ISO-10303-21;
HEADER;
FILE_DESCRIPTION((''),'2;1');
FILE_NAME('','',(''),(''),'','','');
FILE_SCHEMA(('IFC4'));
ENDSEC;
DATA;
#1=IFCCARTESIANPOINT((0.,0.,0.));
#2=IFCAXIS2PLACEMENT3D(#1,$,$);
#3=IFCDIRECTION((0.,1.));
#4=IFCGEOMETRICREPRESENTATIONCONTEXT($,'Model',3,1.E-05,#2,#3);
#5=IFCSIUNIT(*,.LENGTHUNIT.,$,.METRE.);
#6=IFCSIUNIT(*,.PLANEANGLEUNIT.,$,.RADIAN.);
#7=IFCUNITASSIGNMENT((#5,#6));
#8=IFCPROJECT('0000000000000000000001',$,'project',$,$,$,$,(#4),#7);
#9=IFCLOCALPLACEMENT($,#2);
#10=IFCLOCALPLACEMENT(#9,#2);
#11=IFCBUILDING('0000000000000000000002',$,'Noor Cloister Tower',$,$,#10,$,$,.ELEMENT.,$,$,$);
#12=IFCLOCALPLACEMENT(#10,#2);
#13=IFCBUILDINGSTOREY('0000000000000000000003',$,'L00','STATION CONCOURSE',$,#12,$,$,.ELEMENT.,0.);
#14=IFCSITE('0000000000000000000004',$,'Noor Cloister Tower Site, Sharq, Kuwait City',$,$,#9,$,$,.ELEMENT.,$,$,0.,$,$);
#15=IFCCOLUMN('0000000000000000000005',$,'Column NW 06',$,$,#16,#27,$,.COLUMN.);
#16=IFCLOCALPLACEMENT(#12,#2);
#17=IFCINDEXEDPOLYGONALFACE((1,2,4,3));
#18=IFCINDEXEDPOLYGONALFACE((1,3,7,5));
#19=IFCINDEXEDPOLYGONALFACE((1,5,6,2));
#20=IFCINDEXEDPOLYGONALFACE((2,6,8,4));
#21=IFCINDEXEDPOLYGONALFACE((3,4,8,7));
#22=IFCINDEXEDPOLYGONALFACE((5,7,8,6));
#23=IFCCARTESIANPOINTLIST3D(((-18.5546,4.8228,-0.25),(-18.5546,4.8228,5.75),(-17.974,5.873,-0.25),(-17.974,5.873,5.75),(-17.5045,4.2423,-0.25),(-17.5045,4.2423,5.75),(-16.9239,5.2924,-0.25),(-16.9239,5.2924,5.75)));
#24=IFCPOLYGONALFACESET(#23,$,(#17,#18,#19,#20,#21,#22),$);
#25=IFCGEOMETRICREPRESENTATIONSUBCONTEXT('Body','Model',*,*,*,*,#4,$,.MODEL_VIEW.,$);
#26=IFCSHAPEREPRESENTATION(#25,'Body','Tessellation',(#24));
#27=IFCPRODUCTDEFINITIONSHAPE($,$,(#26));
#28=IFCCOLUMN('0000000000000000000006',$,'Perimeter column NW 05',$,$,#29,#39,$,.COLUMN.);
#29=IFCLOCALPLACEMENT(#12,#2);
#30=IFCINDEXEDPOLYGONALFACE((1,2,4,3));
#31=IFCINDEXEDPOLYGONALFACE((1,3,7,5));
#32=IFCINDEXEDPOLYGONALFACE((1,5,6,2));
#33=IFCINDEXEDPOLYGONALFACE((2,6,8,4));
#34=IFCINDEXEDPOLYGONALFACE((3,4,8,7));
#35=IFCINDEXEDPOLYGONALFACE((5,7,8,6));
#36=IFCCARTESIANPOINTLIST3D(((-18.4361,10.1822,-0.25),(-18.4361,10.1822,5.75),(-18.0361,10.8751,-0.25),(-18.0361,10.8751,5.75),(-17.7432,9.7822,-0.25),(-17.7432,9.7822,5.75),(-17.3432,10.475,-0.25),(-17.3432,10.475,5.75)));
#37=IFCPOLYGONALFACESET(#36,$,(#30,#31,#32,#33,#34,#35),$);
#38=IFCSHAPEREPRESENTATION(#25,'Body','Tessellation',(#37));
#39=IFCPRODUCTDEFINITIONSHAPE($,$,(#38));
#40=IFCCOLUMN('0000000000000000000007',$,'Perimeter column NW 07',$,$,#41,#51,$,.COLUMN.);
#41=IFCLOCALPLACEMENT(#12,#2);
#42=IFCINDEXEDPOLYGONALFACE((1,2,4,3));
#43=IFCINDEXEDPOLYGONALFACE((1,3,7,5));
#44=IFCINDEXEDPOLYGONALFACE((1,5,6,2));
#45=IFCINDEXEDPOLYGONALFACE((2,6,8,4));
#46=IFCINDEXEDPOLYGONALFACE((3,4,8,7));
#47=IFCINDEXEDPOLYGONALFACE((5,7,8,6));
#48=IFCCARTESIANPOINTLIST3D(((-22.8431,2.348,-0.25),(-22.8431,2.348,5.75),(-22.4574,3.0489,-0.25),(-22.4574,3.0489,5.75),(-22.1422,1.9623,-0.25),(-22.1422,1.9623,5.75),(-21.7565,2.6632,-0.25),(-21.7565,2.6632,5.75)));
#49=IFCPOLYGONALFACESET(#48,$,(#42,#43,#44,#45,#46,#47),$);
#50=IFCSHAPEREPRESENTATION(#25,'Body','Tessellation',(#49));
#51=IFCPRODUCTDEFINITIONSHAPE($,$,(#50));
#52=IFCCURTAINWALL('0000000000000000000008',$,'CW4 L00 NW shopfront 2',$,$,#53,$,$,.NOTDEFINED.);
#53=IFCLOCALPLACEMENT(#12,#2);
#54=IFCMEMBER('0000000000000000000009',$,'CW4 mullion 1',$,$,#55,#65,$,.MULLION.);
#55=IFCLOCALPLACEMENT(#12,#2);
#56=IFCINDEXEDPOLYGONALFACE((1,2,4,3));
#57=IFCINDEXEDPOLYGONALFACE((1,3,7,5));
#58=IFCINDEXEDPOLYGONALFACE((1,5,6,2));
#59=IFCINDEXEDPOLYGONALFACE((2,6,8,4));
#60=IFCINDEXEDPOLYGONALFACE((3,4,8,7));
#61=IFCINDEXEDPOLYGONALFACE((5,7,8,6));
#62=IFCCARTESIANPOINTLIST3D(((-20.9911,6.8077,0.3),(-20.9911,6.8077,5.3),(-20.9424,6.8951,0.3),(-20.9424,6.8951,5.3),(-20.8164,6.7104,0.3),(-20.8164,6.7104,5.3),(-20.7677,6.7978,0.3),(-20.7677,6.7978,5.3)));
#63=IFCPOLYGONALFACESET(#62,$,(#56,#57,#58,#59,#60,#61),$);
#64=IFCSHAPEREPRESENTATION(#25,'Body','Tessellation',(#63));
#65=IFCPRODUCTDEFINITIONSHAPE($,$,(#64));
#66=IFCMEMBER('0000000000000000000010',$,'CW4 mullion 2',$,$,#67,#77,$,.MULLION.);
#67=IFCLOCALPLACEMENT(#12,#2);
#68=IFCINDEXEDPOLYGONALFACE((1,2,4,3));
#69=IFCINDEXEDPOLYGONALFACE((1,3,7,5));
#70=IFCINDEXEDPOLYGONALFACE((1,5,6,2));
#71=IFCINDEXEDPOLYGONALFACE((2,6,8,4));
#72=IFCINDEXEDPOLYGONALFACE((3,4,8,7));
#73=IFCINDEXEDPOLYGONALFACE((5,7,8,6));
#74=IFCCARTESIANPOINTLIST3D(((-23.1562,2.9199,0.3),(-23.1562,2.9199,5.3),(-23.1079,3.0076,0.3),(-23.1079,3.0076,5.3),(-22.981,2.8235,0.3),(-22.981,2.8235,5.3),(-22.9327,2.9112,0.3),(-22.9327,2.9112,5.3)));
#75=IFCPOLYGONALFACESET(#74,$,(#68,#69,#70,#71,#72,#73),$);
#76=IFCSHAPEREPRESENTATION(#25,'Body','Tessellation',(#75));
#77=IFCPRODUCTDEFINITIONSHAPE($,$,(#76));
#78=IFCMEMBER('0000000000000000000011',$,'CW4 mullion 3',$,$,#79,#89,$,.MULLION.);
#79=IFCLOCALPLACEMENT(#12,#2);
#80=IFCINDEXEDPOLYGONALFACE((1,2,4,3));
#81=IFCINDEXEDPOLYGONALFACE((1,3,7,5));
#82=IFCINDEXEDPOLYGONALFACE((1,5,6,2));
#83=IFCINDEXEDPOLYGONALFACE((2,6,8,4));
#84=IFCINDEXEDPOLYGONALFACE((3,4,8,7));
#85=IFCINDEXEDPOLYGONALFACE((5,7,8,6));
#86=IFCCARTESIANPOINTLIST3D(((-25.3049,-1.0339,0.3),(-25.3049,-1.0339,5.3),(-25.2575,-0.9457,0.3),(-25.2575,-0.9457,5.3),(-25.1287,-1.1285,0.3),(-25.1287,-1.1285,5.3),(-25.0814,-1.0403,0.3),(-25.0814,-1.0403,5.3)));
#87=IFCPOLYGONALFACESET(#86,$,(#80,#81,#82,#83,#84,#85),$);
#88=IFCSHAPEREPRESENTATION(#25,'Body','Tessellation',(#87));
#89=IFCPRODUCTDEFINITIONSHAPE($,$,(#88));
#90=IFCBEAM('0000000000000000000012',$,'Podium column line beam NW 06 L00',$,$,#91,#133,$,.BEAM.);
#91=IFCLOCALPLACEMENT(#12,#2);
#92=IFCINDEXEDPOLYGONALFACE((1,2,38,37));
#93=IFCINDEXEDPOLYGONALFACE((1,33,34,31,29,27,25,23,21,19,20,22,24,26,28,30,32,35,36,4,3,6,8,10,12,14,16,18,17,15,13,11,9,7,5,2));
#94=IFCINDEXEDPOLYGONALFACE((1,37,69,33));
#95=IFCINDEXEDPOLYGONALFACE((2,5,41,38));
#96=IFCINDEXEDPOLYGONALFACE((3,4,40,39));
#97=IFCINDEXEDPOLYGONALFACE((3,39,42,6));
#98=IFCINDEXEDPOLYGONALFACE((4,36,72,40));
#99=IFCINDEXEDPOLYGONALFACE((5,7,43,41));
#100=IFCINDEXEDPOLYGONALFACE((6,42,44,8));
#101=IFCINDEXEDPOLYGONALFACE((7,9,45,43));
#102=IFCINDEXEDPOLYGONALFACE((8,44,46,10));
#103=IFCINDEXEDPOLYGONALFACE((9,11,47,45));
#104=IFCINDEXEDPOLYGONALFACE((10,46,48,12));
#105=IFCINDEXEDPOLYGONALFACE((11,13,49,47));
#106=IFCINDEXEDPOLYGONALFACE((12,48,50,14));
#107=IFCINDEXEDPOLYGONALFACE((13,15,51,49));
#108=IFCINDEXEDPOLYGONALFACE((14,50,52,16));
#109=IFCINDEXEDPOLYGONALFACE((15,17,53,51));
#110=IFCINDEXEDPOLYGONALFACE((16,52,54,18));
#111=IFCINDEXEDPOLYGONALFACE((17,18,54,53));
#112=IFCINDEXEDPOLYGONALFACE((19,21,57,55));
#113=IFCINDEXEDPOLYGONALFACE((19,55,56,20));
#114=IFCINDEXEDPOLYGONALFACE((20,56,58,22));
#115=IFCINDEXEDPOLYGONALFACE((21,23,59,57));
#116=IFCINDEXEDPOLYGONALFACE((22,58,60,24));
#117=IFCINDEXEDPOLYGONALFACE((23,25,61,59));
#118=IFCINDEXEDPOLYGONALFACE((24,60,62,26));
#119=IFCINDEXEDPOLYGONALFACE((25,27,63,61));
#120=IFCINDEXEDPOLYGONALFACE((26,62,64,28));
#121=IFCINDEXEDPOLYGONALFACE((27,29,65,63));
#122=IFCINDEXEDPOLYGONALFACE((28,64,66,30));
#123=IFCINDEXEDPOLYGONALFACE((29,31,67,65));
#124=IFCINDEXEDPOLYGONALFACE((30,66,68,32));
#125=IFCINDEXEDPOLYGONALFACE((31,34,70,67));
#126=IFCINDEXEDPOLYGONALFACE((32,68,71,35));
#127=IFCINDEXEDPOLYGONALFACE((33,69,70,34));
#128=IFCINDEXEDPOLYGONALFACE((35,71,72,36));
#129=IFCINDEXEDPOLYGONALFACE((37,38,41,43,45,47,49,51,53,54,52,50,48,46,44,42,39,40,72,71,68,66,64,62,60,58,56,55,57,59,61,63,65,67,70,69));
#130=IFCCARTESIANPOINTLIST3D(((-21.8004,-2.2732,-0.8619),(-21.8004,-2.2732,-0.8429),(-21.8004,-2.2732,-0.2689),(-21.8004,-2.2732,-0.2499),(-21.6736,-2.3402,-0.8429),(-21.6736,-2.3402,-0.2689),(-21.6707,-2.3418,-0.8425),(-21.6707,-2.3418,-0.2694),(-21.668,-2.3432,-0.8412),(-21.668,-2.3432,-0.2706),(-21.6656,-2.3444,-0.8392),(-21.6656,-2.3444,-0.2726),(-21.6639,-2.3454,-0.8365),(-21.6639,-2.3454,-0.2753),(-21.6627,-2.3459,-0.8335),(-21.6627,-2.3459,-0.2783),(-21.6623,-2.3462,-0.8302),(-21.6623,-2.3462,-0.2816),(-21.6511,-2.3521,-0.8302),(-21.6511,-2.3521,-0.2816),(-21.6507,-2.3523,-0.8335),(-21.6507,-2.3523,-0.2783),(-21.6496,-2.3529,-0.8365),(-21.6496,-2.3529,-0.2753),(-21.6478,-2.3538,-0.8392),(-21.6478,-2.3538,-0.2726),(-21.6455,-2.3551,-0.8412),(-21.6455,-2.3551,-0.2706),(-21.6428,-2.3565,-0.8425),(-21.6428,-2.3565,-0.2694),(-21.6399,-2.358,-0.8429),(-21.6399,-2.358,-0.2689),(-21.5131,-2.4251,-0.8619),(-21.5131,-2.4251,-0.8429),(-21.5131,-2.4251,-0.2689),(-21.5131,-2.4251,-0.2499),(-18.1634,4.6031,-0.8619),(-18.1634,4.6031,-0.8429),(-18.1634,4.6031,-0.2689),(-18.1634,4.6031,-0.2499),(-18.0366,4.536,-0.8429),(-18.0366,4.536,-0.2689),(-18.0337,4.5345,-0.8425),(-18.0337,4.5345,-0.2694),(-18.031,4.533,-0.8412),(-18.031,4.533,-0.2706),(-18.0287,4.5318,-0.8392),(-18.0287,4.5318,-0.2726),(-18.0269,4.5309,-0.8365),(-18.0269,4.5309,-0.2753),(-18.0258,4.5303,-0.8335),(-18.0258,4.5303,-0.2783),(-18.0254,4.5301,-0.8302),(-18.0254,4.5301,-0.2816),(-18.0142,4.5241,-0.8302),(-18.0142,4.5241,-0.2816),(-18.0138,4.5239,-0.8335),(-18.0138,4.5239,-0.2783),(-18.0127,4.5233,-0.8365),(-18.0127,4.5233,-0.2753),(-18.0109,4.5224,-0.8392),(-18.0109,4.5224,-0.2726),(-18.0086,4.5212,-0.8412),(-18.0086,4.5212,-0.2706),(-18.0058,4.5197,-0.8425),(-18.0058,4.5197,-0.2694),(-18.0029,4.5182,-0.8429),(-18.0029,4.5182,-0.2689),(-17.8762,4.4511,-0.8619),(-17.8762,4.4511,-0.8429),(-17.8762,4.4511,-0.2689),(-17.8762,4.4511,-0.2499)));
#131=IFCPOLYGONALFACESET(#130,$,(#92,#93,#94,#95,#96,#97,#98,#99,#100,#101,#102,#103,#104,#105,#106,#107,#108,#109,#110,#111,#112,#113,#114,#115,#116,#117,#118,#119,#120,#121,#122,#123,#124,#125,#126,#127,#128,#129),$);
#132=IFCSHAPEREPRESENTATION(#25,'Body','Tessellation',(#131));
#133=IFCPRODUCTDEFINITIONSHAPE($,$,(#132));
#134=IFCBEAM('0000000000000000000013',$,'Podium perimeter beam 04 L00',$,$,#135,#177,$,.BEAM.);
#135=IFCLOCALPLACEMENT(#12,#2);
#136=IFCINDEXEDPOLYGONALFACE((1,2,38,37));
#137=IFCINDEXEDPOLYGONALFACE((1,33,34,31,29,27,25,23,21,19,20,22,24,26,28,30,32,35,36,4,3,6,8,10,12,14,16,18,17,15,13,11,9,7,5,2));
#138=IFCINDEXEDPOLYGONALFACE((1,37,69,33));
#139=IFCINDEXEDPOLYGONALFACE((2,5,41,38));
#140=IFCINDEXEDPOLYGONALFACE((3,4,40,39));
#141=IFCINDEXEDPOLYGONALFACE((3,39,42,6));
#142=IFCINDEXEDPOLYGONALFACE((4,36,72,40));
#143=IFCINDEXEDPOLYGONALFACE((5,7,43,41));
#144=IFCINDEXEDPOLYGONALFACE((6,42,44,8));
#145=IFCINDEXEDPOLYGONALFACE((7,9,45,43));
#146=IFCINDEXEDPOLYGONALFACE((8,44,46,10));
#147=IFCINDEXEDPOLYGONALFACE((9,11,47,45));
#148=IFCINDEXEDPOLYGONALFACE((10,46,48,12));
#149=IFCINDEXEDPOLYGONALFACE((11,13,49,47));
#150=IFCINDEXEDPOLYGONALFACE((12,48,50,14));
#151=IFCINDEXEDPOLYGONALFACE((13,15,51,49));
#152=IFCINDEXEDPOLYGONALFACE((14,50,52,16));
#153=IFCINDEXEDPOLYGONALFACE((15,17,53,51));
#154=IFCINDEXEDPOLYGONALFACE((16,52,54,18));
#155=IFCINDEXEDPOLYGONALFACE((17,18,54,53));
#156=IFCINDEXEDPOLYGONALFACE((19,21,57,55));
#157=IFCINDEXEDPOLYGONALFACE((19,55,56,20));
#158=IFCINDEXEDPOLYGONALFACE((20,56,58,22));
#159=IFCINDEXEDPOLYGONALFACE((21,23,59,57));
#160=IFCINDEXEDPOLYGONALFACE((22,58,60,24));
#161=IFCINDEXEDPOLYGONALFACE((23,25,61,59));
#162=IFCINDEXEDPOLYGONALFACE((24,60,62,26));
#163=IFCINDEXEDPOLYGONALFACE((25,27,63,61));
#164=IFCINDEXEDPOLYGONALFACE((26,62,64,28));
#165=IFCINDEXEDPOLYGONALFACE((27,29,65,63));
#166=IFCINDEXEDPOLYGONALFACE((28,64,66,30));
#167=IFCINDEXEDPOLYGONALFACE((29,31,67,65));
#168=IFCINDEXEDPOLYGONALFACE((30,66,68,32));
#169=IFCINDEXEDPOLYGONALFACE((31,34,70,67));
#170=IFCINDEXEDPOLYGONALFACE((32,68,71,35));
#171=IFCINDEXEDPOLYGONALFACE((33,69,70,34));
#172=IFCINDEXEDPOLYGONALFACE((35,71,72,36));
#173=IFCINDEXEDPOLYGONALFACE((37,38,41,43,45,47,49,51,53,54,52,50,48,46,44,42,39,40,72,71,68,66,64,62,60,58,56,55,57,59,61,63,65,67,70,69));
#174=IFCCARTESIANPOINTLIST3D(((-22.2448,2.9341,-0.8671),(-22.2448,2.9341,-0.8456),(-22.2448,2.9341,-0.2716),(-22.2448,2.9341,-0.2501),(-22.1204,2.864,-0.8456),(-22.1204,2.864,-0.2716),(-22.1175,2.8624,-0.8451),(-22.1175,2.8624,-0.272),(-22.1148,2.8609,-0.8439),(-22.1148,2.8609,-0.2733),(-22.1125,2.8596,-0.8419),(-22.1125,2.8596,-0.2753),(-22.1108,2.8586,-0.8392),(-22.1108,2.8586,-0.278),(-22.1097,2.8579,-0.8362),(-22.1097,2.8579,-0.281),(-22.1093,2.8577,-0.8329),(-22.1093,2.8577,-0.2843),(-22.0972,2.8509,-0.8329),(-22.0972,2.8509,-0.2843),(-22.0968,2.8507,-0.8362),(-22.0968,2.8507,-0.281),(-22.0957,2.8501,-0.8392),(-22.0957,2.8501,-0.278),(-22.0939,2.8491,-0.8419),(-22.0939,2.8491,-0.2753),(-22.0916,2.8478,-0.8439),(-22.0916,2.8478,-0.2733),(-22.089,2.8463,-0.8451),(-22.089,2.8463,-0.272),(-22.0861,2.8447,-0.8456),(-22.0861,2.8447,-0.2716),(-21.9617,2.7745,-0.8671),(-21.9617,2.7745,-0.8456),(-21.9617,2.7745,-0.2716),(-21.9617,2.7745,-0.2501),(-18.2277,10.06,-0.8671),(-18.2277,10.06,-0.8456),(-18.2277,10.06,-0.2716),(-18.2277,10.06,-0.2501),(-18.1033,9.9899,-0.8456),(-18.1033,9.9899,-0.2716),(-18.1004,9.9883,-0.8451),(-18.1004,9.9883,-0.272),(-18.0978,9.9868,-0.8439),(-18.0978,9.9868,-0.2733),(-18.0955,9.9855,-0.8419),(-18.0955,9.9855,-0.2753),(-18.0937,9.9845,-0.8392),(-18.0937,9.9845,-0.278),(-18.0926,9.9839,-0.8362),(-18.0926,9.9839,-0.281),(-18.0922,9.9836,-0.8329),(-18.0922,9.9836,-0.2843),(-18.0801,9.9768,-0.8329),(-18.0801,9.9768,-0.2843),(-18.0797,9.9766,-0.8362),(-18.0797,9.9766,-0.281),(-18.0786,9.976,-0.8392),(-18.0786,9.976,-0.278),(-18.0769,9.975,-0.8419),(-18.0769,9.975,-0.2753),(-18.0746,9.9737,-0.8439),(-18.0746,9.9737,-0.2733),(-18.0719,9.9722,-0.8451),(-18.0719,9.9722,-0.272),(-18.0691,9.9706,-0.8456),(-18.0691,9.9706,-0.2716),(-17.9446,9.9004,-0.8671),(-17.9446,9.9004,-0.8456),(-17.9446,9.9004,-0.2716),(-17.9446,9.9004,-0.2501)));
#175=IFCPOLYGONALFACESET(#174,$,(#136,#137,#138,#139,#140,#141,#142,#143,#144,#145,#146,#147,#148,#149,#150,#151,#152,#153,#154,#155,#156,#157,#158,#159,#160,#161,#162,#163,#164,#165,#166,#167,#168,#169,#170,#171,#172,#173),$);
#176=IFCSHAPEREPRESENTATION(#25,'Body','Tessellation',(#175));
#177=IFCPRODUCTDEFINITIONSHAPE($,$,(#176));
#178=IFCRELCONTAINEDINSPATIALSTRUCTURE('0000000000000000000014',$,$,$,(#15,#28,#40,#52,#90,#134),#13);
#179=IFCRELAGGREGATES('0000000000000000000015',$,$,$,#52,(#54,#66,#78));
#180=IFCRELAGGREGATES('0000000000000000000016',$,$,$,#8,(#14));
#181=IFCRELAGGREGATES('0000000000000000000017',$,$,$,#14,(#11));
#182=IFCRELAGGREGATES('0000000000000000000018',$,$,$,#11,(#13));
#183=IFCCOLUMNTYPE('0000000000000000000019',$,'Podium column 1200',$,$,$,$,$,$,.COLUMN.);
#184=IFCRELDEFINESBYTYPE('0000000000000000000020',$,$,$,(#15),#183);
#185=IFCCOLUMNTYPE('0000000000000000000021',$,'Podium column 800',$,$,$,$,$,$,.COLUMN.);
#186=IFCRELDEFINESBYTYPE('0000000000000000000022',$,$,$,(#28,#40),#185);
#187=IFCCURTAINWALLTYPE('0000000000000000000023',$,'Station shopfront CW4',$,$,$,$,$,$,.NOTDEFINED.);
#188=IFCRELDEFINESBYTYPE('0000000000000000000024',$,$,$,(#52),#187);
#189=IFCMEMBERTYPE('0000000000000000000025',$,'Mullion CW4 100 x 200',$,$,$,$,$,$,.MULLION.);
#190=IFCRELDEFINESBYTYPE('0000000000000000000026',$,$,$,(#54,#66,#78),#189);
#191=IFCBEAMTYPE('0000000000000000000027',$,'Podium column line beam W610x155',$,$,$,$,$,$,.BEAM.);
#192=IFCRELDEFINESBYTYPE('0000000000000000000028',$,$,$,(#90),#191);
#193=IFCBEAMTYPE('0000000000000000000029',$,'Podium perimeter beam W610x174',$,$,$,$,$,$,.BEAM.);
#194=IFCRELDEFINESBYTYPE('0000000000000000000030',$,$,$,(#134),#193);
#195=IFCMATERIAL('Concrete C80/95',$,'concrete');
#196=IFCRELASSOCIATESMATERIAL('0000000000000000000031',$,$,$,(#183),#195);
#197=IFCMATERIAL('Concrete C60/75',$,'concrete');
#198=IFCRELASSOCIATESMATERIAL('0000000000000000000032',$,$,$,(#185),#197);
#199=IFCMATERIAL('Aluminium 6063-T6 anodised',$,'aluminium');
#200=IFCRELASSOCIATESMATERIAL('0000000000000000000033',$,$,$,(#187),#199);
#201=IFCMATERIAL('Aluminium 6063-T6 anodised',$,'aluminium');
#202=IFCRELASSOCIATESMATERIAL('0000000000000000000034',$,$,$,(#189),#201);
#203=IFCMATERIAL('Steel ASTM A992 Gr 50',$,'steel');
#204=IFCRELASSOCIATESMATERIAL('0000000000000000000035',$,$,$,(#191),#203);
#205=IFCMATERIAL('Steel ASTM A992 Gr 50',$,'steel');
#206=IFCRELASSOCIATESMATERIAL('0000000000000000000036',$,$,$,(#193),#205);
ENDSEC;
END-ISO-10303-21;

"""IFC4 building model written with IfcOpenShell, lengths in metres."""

from ifc_helpers import new_model, si_unit, direction, frame, origin, origin_2d, place, context, subcontext, project, spatial, rectangle, i_section, extrude, material, material_profile, profile_set, type_object, element, aggregate, save


model = new_model("IFC4")

# Units and contexts
model_context = context("Model", 3, precision=1e-05, world=origin(), true_north=direction((0.0, 1.0)))
body_context = subcontext(model_context, "Body", "Model", "MODEL_VIEW")
ifc_project = project(units=[si_unit("LENGTHUNIT", "METRE"), si_unit("PLANEANGLEUNIT", "RADIAN")], contexts=[model_context])

# Site, building, storey
site_placement = place(None, origin())
site = spatial("IfcSite", under=ifc_project, at=site_placement, Name="Noor Cloister Tower Site, Sharq, Kuwait City", CompositionType="ELEMENT", RefElevation=0.0)
building_placement = place(site_placement, origin())
building = spatial("IfcBuilding", under=site, at=building_placement, Name="Noor Cloister Tower", CompositionType="ELEMENT")
storey_placement = place(building_placement, origin())
storey = spatial("IfcBuildingStorey", under=building, at=storey_placement, Name="L00", Description="STATION CONCOURSE", CompositionType="ELEMENT", Elevation=0.0)

# Columns
ifc_material_1 = material(Name="Concrete C80/95", Category="concrete")
ifc_material_profile_1 = material_profile(ifc_material_1, rectangle(XDim=1.2, YDim=1.2, at=origin_2d()), Name="Podium column 1200")
ifc_profile_set_1 = profile_set([ifc_material_profile_1], Name="Concrete C80/95")
column_type_1 = type_object("IfcColumnType", Name="Podium column 1200", PredefinedType="COLUMN", material=ifc_profile_set_1)
column_placement = place(storey_placement, frame((-17.7393, 5.0576, -0.25), z_axis=(0.0, 0.0, 1.0), x_axis=(-0.875153, 0.483847, 0.0)))
element("IfcColumn", 1, at=column_placement, inside=storey, type_object=column_type_1, Name="Column NW 06", PredefinedType="COLUMN", context=body_context, shape_type="SweptSolid", body=[
    extrude(rectangle(XDim=1.2, YDim=1.2, at=origin_2d()), origin(), (0.0, 0.0, 1.0), 6.0),
])
ifc_material_2 = material(Name="Concrete C60/75", Category="concrete")
ifc_material_profile_2 = material_profile(ifc_material_2, rectangle(XDim=0.8, YDim=0.8, at=origin_2d()), Name="Podium column 800")
ifc_profile_set_2 = profile_set([ifc_material_profile_2], Name="Concrete C60/75")
column_type_2 = type_object("IfcColumnType", Name="Podium column 800", PredefinedType="COLUMN", material=ifc_profile_set_2)
for number, where, z_axis, x_axis, name in (
    (2, (-17.8896, 10.3286, -0.25), (0.0, 0.0, 1.0), (-0.866025, 0.5, 0.0), "Perimeter column NW 05"),
    (3, (-22.2998, 2.5056, -0.25), (0.0, 0.0, 1.0), (-0.876111, 0.482109, 0.0), "Perimeter column NW 07"),
):
    element("IfcColumn", number, at=place(storey_placement, frame(where, z_axis=z_axis, x_axis=x_axis)), inside=storey, type_object=column_type_2, Name=name, PredefinedType="COLUMN", context=body_context, shape_type="SweptSolid", body=[
        extrude(rectangle(XDim=0.8, YDim=0.8, at=origin_2d()), origin(), (0.0, 0.0, 1.0), 6.0),
    ])

# Curtain wall, members
ifc_material_3 = material(Name="Aluminium 6063-T6 anodised", Category="aluminium")
curtain_wall_type = type_object("IfcCurtainWallType", Name="Station shopfront CW4", PredefinedType="NOTDEFINED", material=ifc_material_3)
curtain_wall_placement = place(storey_placement, origin())
curtain_wall = element("IfcCurtainWall", 4, at=curtain_wall_placement, inside=storey, type_object=curtain_wall_type, Name="CW4 L00 NW shopfront 2", PredefinedType="NOTDEFINED")
ifc_material_4 = material(Name="Aluminium 6063-T6 anodised", Category="aluminium")
ifc_material_profile_3 = material_profile(ifc_material_4, rectangle(XDim=0.2, YDim=0.1001, at=origin_2d()), Name="200 x 100 mullion")
ifc_profile_set_3 = profile_set([ifc_material_profile_3], Name="Aluminium 6063-T6 anodised")
member_type = type_object("IfcMemberType", Name="Mullion CW4 100 x 200", PredefinedType="MULLION", material=ifc_profile_set_3)
member_1_placement = place(storey_placement, frame((-20.8794, 6.8027, 0.3), z_axis=(0.0, 0.0, 1.0), x_axis=(0.873624, -0.486601, 0.0)))
member_1 = element("IfcMember", 5, at=member_1_placement, type_object=member_type, Name="CW4 mullion 1", PredefinedType="MULLION", context=body_context, shape_type="SweptSolid", body=[
    extrude(rectangle(XDim=0.2, YDim=0.1001, at=origin_2d()), origin(), (0.0, 0.0, 1.0), 5.0),
])
member_2_placement = place(storey_placement, frame((-23.0444, 2.9155, 0.3), z_axis=(0.0, 0.0, 1.0), x_axis=(0.876111, -0.482109, 0.0)))
member_2 = element("IfcMember", 6, at=member_2_placement, type_object=member_type, Name="CW4 mullion 2", PredefinedType="MULLION", context=body_context, shape_type="SweptSolid", body=[
    extrude(rectangle(XDim=0.2, YDim=0.1001, at=origin_2d()), origin(), (0.0, 0.0, 1.0), 5.0),
])
member_3_placement = place(storey_placement, frame((-25.1931, -1.0371, 0.3), z_axis=(0.0, 0.0, 1.0), x_axis=(0.881016, -0.473087, 0.0)))
member_3 = element("IfcMember", 7, at=member_3_placement, type_object=member_type, Name="CW4 mullion 3", PredefinedType="MULLION", context=body_context, shape_type="SweptSolid", body=[
    extrude(rectangle(XDim=0.2, YDim=0.1001, at=origin_2d()), origin(), (0.0, 0.0, 1.0), 5.0),
])

# Beams
ifc_material_5 = material(Name="Steel ASTM A992 Gr 50", Category="steel")
ifc_material_profile_4 = material_profile(ifc_material_5, i_section(OverallWidth=0.325, OverallDepth=0.6121, WebThickness=0.0127, FlangeThickness=0.019, FilletRadius=0.0127, at=origin_2d()), Name="W610x155")
ifc_profile_set_4 = profile_set([ifc_material_profile_4], Name="Steel ASTM A992 Gr 50")
beam_type_1 = type_object("IfcBeamType", Name="Podium column line beam W610x155", PredefinedType="BEAM", material=ifc_profile_set_4)
beam_1_placement = place(storey_placement, frame((-18.0198, 4.5271, -0.5559), z_axis=(-0.467547, -0.883968, 0.0), x_axis=(0.883968, -0.467547, 0.0)))
element("IfcBeam", 8, at=beam_1_placement, inside=storey, type_object=beam_type_1, Name="Podium column line beam NW 06 L00", PredefinedType="BEAM", context=body_context, shape_type="SweptSolid", body=[
    extrude(i_section(OverallWidth=0.325, OverallDepth=0.6121, WebThickness=0.0127, FlangeThickness=0.019, FilletRadius=0.0127, at=origin_2d()), origin(), (0.0, 0.0, 1.0), 7.7788),
])
ifc_material_6 = material(Name="Steel ASTM A992 Gr 50", Category="steel")
ifc_material_profile_5 = material_profile(ifc_material_6, i_section(OverallWidth=0.325, OverallDepth=0.6169, WebThickness=0.0139, FlangeThickness=0.0215, FilletRadius=0.0127, at=origin_2d()), Name="W610x174")
ifc_profile_set_5 = profile_set([ifc_material_profile_5], Name="Steel ASTM A992 Gr 50")
beam_type_2 = type_object("IfcBeamType", Name="Podium perimeter beam W610x174", PredefinedType="BEAM", material=ifc_profile_set_5)
for number, where, z_axis, x_axis, name in (
    (9, (-18.0862, 9.9802, -0.5586), (-0.491072, -0.871119, 0.0), (0.871119, -0.491072, 0.0), "Podium perimeter beam 04 L00"),
):
    element("IfcBeam", number, at=place(storey_placement, frame(where, z_axis=z_axis, x_axis=x_axis)), inside=storey, type_object=beam_type_2, Name=name, PredefinedType="BEAM", context=body_context, shape_type="SweptSolid", body=[
        extrude(i_section(OverallWidth=0.325, OverallDepth=0.6169, WebThickness=0.0139, FlangeThickness=0.0215, FilletRadius=0.0127, at=origin_2d()), origin(), (0.0, 0.0, 1.0), 8.1802),
    ])

aggregate(curtain_wall, [member_1, member_2, member_3])

save(model, "model.ifc")
